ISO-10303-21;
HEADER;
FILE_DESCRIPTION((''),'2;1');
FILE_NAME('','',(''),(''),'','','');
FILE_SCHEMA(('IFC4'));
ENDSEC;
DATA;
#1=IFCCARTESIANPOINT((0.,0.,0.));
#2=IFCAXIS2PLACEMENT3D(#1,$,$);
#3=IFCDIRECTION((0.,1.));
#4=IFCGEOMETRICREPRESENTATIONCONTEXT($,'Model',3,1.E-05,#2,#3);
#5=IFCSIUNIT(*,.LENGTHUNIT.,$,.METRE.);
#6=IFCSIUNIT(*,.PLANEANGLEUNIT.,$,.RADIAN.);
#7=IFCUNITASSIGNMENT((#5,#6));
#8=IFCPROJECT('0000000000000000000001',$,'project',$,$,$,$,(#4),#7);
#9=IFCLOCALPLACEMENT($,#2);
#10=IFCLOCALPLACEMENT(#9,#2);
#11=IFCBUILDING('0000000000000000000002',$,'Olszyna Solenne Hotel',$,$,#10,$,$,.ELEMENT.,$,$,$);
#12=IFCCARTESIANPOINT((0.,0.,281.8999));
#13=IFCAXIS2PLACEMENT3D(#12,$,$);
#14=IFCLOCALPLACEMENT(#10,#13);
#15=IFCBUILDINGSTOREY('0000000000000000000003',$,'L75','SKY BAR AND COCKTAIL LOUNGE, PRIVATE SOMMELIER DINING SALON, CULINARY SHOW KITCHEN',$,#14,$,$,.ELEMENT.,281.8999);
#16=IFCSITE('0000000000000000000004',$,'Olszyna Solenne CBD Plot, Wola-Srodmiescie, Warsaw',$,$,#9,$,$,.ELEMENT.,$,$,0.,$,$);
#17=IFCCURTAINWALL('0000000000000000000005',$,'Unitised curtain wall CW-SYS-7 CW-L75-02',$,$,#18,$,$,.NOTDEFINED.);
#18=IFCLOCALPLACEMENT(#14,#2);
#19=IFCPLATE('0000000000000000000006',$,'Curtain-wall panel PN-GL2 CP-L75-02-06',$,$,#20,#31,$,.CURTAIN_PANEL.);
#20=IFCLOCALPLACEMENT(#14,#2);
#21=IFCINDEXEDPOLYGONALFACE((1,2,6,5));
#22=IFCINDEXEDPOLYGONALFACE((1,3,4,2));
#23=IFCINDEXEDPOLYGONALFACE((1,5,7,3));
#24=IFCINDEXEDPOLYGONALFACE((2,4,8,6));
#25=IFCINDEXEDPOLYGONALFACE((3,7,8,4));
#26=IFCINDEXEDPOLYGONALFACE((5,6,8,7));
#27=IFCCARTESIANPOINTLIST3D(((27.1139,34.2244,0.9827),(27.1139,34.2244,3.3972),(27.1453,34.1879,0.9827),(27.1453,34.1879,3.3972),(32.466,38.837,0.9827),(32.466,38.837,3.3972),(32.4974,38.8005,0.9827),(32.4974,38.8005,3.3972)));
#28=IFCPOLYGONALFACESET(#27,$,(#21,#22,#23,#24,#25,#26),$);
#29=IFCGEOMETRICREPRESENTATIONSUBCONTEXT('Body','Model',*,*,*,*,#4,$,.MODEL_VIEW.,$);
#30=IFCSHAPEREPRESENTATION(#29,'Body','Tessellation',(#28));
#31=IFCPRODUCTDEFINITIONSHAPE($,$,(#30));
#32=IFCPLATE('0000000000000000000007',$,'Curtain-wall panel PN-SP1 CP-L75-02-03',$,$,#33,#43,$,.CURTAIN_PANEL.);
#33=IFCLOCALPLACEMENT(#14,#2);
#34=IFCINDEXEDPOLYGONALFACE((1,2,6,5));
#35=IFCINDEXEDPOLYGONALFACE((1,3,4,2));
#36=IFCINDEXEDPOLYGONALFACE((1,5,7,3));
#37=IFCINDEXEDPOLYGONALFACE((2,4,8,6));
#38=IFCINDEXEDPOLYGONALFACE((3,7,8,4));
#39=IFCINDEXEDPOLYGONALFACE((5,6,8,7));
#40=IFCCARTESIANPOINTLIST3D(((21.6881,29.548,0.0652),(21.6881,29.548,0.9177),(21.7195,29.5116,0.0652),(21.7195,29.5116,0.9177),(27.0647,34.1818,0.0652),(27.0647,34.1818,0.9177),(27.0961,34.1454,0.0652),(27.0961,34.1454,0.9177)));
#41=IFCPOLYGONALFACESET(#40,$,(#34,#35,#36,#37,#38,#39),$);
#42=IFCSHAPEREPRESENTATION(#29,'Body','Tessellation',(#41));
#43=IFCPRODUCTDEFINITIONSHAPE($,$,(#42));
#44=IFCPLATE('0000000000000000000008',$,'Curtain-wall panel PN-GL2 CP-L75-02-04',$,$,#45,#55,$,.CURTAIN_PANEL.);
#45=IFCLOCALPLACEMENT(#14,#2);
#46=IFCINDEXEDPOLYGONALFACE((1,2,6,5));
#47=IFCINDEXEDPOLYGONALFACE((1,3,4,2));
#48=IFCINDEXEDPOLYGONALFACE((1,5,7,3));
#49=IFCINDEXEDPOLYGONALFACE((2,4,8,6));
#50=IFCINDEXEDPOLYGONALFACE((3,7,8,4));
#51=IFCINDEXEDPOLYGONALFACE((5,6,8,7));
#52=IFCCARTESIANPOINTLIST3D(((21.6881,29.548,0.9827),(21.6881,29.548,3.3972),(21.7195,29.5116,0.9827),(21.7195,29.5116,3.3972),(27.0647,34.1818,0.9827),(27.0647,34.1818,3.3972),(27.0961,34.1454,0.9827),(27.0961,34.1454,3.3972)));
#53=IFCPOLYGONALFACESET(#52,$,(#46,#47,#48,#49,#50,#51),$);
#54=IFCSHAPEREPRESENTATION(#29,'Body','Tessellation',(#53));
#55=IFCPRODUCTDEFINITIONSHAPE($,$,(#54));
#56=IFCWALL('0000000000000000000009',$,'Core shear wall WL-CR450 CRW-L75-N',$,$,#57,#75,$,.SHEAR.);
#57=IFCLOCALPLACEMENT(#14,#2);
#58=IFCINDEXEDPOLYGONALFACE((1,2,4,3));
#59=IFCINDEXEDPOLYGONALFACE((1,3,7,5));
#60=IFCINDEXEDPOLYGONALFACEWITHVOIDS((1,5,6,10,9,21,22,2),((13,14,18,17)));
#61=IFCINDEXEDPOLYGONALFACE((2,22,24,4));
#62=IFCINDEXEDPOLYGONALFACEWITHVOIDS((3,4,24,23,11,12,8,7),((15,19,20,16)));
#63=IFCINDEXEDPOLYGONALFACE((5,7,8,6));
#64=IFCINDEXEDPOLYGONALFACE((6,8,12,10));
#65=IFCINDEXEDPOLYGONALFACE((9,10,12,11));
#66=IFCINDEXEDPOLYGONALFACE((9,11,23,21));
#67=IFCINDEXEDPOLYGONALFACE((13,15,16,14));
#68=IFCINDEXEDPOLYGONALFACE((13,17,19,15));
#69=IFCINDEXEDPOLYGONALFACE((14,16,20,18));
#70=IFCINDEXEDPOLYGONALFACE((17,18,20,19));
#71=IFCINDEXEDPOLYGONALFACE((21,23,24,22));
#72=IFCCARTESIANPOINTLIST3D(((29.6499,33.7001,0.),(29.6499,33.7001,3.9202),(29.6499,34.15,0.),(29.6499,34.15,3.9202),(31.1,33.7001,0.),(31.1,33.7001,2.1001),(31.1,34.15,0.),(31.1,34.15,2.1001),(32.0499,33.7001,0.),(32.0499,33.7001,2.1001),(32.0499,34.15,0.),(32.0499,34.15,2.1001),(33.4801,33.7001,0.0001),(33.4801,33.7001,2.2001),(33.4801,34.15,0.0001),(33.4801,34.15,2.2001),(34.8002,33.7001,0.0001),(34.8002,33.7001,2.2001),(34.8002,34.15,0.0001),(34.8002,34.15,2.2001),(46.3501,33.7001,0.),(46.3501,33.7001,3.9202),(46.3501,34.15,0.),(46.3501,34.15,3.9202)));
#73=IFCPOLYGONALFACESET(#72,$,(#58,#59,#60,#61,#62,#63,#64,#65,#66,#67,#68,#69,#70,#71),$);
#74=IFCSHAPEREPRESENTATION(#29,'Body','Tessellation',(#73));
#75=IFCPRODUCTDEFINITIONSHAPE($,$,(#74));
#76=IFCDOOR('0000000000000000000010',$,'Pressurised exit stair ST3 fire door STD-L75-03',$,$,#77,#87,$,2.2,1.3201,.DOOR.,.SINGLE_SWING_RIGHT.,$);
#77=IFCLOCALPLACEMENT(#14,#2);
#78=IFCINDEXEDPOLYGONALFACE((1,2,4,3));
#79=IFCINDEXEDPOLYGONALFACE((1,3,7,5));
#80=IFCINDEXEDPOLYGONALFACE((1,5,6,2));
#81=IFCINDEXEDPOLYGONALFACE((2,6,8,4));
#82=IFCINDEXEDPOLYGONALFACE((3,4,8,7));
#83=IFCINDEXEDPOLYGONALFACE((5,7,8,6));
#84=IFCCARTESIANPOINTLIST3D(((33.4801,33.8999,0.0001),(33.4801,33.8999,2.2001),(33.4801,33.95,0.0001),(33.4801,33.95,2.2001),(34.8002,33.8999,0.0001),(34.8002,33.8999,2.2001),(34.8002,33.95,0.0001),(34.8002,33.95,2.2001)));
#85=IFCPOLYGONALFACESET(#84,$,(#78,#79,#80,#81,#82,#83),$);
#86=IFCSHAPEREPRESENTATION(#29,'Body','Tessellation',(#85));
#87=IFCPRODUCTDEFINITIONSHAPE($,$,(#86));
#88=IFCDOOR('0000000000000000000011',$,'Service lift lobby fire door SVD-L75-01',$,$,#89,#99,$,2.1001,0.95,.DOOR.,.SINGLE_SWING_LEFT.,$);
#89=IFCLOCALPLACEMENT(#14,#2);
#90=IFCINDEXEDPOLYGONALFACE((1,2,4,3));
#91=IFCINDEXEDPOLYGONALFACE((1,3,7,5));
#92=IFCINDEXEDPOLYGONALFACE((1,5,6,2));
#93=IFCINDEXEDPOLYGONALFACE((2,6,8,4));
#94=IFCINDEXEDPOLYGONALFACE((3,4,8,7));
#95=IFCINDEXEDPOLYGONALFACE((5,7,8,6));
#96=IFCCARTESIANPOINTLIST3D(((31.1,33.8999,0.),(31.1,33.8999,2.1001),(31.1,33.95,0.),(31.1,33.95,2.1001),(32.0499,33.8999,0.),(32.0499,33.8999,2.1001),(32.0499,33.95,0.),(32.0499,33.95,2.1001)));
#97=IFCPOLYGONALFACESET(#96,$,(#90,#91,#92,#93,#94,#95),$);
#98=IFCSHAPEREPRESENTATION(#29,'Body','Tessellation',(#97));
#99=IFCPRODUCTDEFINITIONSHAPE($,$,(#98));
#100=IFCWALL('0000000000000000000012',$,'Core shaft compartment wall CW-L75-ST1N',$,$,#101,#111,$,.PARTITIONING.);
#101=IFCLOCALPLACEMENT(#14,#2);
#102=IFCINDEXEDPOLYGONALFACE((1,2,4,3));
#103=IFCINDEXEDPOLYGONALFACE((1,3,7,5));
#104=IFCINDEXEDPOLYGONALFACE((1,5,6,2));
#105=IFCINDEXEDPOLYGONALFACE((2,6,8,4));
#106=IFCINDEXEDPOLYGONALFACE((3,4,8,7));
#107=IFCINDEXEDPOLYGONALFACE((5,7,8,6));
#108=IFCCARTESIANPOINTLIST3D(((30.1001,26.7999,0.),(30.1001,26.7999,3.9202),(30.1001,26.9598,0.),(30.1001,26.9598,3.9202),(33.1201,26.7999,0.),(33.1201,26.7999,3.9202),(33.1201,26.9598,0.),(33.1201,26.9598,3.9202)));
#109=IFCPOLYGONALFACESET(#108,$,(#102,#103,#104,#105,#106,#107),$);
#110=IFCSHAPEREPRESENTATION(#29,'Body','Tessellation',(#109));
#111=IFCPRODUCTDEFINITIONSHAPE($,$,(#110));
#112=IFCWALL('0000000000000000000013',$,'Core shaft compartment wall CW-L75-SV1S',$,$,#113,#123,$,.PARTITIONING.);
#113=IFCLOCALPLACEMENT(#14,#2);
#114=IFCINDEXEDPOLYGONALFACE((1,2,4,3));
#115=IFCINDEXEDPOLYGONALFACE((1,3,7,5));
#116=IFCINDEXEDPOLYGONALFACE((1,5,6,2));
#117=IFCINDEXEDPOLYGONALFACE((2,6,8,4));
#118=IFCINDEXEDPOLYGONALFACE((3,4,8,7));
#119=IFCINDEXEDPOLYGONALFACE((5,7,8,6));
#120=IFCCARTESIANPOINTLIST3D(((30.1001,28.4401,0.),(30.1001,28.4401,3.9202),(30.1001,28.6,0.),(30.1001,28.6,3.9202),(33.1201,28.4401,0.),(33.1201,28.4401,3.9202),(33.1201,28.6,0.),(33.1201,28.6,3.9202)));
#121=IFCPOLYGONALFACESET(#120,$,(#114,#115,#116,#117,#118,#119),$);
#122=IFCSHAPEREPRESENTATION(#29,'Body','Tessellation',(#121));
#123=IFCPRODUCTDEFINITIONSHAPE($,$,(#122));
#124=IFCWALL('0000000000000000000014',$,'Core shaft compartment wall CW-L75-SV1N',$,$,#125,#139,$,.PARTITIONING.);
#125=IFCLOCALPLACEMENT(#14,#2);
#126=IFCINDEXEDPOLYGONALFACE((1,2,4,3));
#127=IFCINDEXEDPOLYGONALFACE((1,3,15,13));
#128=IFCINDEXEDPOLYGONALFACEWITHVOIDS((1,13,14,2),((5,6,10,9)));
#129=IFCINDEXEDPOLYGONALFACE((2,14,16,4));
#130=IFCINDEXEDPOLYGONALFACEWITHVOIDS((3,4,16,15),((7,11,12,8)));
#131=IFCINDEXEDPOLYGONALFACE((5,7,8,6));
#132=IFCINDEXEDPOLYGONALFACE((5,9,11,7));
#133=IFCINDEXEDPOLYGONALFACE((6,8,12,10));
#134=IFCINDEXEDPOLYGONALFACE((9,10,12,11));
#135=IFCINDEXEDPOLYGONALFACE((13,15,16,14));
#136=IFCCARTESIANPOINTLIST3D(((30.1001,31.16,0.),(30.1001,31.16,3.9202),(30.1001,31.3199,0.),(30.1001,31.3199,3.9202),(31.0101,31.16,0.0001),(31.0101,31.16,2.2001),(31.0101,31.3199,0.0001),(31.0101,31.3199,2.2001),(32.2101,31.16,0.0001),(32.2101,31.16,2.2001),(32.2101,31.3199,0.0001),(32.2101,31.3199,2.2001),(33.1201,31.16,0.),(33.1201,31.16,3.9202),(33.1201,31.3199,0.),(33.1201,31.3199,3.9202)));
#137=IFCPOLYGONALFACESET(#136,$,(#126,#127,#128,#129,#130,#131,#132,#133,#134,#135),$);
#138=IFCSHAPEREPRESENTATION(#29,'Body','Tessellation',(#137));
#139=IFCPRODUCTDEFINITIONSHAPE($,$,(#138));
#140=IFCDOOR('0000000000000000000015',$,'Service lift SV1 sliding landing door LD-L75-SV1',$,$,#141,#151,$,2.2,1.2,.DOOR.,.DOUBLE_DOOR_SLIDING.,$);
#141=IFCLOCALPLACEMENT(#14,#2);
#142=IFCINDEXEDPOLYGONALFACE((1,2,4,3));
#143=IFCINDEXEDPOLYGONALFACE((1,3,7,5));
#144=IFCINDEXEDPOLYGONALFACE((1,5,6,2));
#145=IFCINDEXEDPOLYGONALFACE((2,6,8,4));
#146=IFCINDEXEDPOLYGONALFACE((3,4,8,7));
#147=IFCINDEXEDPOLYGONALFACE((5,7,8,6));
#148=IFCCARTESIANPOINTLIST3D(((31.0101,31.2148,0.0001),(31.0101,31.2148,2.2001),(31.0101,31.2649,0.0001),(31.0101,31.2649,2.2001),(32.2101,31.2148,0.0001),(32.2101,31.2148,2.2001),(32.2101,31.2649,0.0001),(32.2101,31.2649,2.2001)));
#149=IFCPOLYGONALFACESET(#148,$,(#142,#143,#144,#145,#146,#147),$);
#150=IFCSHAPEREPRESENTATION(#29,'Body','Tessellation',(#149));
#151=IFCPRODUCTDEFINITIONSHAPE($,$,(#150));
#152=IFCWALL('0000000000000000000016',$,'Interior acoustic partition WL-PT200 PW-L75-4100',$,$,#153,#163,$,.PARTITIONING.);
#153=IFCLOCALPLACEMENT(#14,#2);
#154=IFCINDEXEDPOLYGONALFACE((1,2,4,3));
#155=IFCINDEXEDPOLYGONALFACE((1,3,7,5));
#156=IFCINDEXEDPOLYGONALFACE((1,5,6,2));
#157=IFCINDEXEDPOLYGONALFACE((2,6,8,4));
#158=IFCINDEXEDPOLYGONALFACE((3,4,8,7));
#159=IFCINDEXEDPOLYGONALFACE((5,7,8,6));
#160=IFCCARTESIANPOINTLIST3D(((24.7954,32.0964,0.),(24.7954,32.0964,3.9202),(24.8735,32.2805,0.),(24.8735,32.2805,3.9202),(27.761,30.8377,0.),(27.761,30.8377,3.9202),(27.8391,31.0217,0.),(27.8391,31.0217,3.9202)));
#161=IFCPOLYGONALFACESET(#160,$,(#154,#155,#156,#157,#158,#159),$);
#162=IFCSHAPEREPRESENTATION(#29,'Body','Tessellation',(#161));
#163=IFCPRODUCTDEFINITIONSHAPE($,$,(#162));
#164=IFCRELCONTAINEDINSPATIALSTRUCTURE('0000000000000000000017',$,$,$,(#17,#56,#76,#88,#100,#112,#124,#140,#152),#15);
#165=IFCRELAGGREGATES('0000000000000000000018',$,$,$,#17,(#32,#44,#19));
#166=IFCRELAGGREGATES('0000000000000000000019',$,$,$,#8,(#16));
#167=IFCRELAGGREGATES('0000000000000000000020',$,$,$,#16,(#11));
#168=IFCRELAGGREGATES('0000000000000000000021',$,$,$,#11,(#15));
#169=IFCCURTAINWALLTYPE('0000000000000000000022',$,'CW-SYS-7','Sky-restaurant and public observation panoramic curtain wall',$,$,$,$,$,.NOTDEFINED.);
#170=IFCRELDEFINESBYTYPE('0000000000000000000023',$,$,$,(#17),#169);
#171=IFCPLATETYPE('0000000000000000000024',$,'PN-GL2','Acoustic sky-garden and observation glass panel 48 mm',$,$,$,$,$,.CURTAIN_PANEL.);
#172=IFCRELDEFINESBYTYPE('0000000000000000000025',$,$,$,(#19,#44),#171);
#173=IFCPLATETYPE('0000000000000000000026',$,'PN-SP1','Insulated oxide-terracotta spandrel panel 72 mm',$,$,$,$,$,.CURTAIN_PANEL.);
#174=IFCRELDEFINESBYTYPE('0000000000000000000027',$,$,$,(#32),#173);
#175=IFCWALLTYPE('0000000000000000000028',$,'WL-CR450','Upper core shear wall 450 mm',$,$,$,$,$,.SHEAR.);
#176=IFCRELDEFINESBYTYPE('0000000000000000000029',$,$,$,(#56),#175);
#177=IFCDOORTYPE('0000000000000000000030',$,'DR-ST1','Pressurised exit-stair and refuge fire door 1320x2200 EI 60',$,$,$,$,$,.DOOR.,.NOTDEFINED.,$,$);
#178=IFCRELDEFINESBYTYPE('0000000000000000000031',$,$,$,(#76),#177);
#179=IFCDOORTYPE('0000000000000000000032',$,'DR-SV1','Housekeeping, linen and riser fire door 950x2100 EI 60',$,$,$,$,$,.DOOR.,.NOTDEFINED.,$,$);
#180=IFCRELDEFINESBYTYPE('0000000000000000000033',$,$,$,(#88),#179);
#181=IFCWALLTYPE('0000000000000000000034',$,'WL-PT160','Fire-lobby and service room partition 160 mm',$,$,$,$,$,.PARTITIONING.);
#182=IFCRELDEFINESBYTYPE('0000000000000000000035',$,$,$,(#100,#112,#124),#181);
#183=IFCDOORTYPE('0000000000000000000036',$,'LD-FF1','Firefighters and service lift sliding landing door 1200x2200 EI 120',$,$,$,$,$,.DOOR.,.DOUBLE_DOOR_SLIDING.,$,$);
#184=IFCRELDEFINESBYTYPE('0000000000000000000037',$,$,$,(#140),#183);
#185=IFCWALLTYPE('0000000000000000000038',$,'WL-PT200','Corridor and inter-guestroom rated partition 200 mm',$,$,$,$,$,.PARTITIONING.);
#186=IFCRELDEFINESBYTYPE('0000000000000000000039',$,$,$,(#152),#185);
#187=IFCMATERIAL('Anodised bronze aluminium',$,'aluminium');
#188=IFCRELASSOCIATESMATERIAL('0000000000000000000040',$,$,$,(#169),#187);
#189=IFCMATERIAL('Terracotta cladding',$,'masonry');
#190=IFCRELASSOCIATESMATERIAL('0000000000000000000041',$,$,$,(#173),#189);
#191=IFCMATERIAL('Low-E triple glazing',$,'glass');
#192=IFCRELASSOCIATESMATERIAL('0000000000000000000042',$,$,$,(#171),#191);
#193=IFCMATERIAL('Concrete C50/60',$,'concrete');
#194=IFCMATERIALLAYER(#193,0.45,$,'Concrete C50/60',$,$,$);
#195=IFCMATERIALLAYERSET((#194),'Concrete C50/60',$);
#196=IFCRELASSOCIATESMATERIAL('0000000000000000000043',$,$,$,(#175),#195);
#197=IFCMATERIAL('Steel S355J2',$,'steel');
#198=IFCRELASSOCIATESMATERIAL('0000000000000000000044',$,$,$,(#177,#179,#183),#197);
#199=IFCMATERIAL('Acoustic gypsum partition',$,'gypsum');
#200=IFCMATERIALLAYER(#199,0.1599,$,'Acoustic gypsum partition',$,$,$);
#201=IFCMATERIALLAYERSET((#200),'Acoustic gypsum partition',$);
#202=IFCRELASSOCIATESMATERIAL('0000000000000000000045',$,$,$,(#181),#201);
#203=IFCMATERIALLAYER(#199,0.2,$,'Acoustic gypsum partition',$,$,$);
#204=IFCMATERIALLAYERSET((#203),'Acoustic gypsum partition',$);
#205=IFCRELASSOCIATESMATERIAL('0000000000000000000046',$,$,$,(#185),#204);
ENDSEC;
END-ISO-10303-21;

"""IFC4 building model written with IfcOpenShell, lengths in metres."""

from ifc_helpers import new_model, si_unit, direction, frame, frame_2d, origin, origin_2d, place, context, subcontext, project, spatial, rectangle, extrude, source, transform, mapped, material, layer, layer_set, type_object, type_shapes, element, fill, aggregate, save


model = new_model("IFC4")

# Units and contexts
model_context = context("Model", 3, precision=1e-05, world=origin(), true_north=direction((0.0, 1.0)))
body_context = subcontext(model_context, "Body", "Model", "MODEL_VIEW")
ifc_project = project(units=[si_unit("LENGTHUNIT", "METRE"), si_unit("PLANEANGLEUNIT", "RADIAN")], contexts=[model_context])

# Site, building, storey
site_placement = place(None, origin())
site = spatial("IfcSite", under=ifc_project, at=site_placement, Name="Olszyna Solenne CBD Plot, Wola-Srodmiescie, Warsaw", CompositionType="ELEMENT", RefElevation=0.0)
building_placement = place(site_placement, origin())
building = spatial("IfcBuilding", under=site, at=building_placement, Name="Olszyna Solenne Hotel", CompositionType="ELEMENT")
storey_placement = place(building_placement, frame((0.0, 0.0, 281.8999)))
storey = spatial("IfcBuildingStorey", under=building, at=storey_placement, Name="L75", Description="SKY BAR AND COCKTAIL LOUNGE, PRIVATE SOMMELIER DINING SALON, CULINARY SHOW KITCHEN", CompositionType="ELEMENT", Elevation=281.8999)

# Shared definitions
ifc_material_1 = material(Name="Steel S355J2", Category="steel")

# Curtain wall
ifc_material_2 = material(Name="Anodised bronze aluminium", Category="aluminium")
curtain_wall_type = type_object("IfcCurtainWallType", Name="CW-SYS-7", Description="Sky-restaurant and public observation panoramic curtain wall", PredefinedType="NOTDEFINED", material=ifc_material_2)
curtain_wall_placement = place(storey_placement, origin())
curtain_wall = element("IfcCurtainWall", 1, at=curtain_wall_placement, inside=storey, type_object=curtain_wall_type, Name="Unitised curtain wall CW-SYS-7 CW-L75-02", PredefinedType="NOTDEFINED")

# Shared definitions
ifc_material_3 = material(Name="Concrete C50/60", Category="concrete")

# Plates
ifc_material_4 = material(Name="Terracotta cladding", Category="masonry")
plate_type_1 = type_object("IfcPlateType", Name="PN-SP1", Description="Insulated oxide-terracotta spandrel panel 72 mm", PredefinedType="CURTAIN_PANEL", material=ifc_material_4)
ifc_material_5 = material(Name="Low-E triple glazing", Category="glass")
plate_type_2 = type_object("IfcPlateType", Name="PN-GL2", Description="Acoustic sky-garden and observation glass panel 48 mm", PredefinedType="CURTAIN_PANEL", material=ifc_material_5)
shared_shape_1 = source(origin(), body_context, "Body", "SweptSolid", [
    extrude(rectangle(XDim=7.0654, YDim=0.0481, at=origin_2d()), origin(), (0.0, 0.0, 1.0), 2.4146),
])
plate_1_placement = place(storey_placement, frame((29.8057, 36.5125, 0.9827), z_axis=(0.0, 0.0, 1.0), x_axis=(0.757496, 0.65284, 0.0)))
plate_1 = element("IfcPlate", 2, at=plate_1_placement, type_object=plate_type_2, Name="Curtain-wall panel PN-GL2 CP-L75-02-06", PredefinedType="CURTAIN_PANEL", context=body_context, shape_type="MappedRepresentation", body=[
    mapped(shared_shape_1, transform((0.0, 0.0, 0.0), x_axis=(1.0, 0.0, 0.0), y_axis=(0.0, 1.0, 0.0), z_axis=(0.0, 0.0, 1.0), scale=1.0)),
])
shared_shape_2 = source(origin(), body_context, "Body", "SweptSolid", [
    extrude(rectangle(XDim=7.0979, YDim=0.0481, at=origin_2d()), origin(), (0.0, 0.0, 1.0), 0.8525),
])
plate_2_placement = place(storey_placement, frame((24.3921, 31.8467, 0.0652), z_axis=(0.0, 0.0, 1.0), x_axis=(0.757496, 0.65284, 0.0)))
plate_2 = element("IfcPlate", 3, at=plate_2_placement, type_object=plate_type_1, Name="Curtain-wall panel PN-SP1 CP-L75-02-03", PredefinedType="CURTAIN_PANEL", context=body_context, shape_type="MappedRepresentation", body=[
    mapped(shared_shape_2, transform((0.0, 0.0, 0.0), x_axis=(1.0, 0.0, 0.0), y_axis=(0.0, 1.0, 0.0), z_axis=(0.0, 0.0, 1.0), scale=1.0)),
])
shared_shape_3 = source(origin(), body_context, "Body", "SweptSolid", [
    extrude(rectangle(XDim=7.0979, YDim=0.0481, at=origin_2d()), origin(), (0.0, 0.0, 1.0), 2.4146),
])
plate_3_placement = place(storey_placement, frame((24.3921, 31.8467, 0.9827), z_axis=(0.0, 0.0, 1.0), x_axis=(0.757496, 0.65284, 0.0)))
plate_3 = element("IfcPlate", 4, at=plate_3_placement, type_object=plate_type_2, Name="Curtain-wall panel PN-GL2 CP-L75-02-04", PredefinedType="CURTAIN_PANEL", context=body_context, shape_type="MappedRepresentation", body=[
    mapped(shared_shape_3, transform((0.0, 0.0, 0.0), x_axis=(1.0, 0.0, 0.0), y_axis=(0.0, 1.0, 0.0), z_axis=(0.0, 0.0, 1.0), scale=1.0)),
])
aggregate(curtain_wall, [plate_2, plate_3, plate_1])

# Wall, openings, doors
ifc_layer_1 = layer(ifc_material_3, 0.45, Name="Concrete C50/60")
ifc_layer_set_1 = layer_set([ifc_layer_1], Name="Concrete C50/60")
wall_type_1 = type_object("IfcWallType", Name="WL-CR450", Description="Upper core shear wall 450 mm", PredefinedType="SHEAR", material=ifc_layer_set_1)
wall_1_placement = place(storey_placement, frame((29.6499, 33.925, 0.0), z_axis=(0.0, 0.0, 1.0), x_axis=(1.0, 0.0, 0.0)))
wall_1 = element("IfcWall", 5, at=wall_1_placement, inside=storey, type_object=wall_type_1, Name="Core shear wall WL-CR450 CRW-L75-N", PredefinedType="SHEAR", context=body_context, shape_type="SweptSolid", body=[
    extrude(rectangle(XDim=16.7002, YDim=0.45, at=frame_2d((8.3501, 0.0))), origin(), (0.0, 0.0, 1.0), 3.9202),
])
opening_1_placement = place(wall_1_placement, frame((1.45, 0.0, 0.0)))
opening_1 = element("IfcOpeningElement", 6, at=opening_1_placement, cuts=wall_1, PredefinedType="OPENING", context=body_context, shape_type="SweptSolid", body=[
    extrude(rectangle(XDim=0.95, YDim=2.1001, at=frame_2d((0.4751, 1.05))), frame((0.0, 0.2349, 0.0), z_axis=(0.0, -1.0, 0.0), x_axis=(1.0, 0.0, 0.0)), (0.0, 0.0, 1.0), 0.47),
])
opening_2_placement = place(wall_1_placement, frame((3.8301, 0.0, 0.0)))
opening_2 = element("IfcOpeningElement", 7, at=opening_2_placement, cuts=wall_1, PredefinedType="OPENING", context=body_context, shape_type="SweptSolid", body=[
    extrude(rectangle(XDim=1.3201, YDim=2.2, at=frame_2d((0.6602, 1.1001))), frame((0.0, 0.2349, 0.0), z_axis=(0.0, -1.0, 0.0), x_axis=(1.0, 0.0, 0.0)), (0.0, 0.0, 1.0), 0.47),
])
door_type_1 = type_object("IfcDoorType", Name="DR-ST1", Description="Pressurised exit-stair and refuge fire door 1320x2200 EI 60", OperationType="NOTDEFINED", PredefinedType="DOOR", material=ifc_material_1)
shared_shape_4 = source(origin(), body_context, "Body", "SweptSolid", [
    extrude(rectangle(XDim=1.3201, YDim=2.2, at=frame_2d((0.6602, 1.1001))), frame((0.0, 0.0249, 0.0), z_axis=(0.0, -1.0, 0.0), x_axis=(1.0, 0.0, 0.0)), (0.0, 0.0, 1.0), 0.05),
])
type_shapes(door_type_1, [shared_shape_4])
door_1_placement = place(opening_2_placement, origin())
door_1 = element("IfcDoor", 8, at=door_1_placement, inside=storey, type_object=door_type_1, Name="Pressurised exit stair ST3 fire door STD-L75-03", OperationType="SINGLE_SWING_RIGHT", OverallHeight=2.2, OverallWidth=1.3201, PredefinedType="DOOR", context=body_context, shape_type="MappedRepresentation", body=[
    mapped(shared_shape_4, transform((0.0, 0.0, 0.0), x_axis=(1.0, 0.0, 0.0), y_axis=(0.0, 1.0, 0.0), z_axis=(0.0, 0.0, 1.0), scale=1.0)),
])
fill(opening_2, door_1)
door_type_2 = type_object("IfcDoorType", Name="DR-SV1", Description="Housekeeping, linen and riser fire door 950x2100 EI 60", OperationType="NOTDEFINED", PredefinedType="DOOR", material=ifc_material_1)
shared_shape_5 = source(origin(), body_context, "Body", "SweptSolid", [
    extrude(rectangle(XDim=0.95, YDim=2.1001, at=frame_2d((0.4751, 1.05))), frame((0.0, 0.0249, 0.0), z_axis=(0.0, -1.0, 0.0), x_axis=(1.0, 0.0, 0.0)), (0.0, 0.0, 1.0), 0.05),
])
type_shapes(door_type_2, [shared_shape_5])
door_2_placement = place(opening_1_placement, origin())
door_2 = element("IfcDoor", 9, at=door_2_placement, inside=storey, type_object=door_type_2, Name="Service lift lobby fire door SVD-L75-01", OperationType="SINGLE_SWING_LEFT", OverallHeight=2.1001, OverallWidth=0.95, PredefinedType="DOOR", context=body_context, shape_type="MappedRepresentation", body=[
    mapped(shared_shape_5, transform((0.0, 0.0, 0.0), x_axis=(1.0, 0.0, 0.0), y_axis=(0.0, 1.0, 0.0), z_axis=(0.0, 0.0, 1.0), scale=1.0)),
])
fill(opening_1, door_2)

# Walls
ifc_material_6 = material(Name="Acoustic gypsum partition", Category="gypsum")
ifc_layer_2 = layer(ifc_material_6, 0.1599, Name="Acoustic gypsum partition")
ifc_layer_set_2 = layer_set([ifc_layer_2], Name="Acoustic gypsum partition")
wall_type_2 = type_object("IfcWallType", Name="WL-PT160", Description="Fire-lobby and service room partition 160 mm", PredefinedType="PARTITIONING", material=ifc_layer_set_2)
for number, where, z_axis, x_axis, name in (
    (10, (30.1001, 26.8799, 0.0), (0.0, 0.0, 1.0), (1.0, 0.0, 0.0), "Core shaft compartment wall CW-L75-ST1N"),
    (11, (30.1001, 28.52, 0.0), (0.0, 0.0, 1.0), (1.0, 0.0, 0.0), "Core shaft compartment wall CW-L75-SV1S"),
):
    element("IfcWall", number, at=place(storey_placement, frame(where, z_axis=z_axis, x_axis=x_axis)), inside=storey, type_object=wall_type_2, Name=name, PredefinedType="PARTITIONING", context=body_context, shape_type="SweptSolid", body=[
        extrude(rectangle(XDim=3.02, YDim=0.1599, at=frame_2d((1.51, 0.0))), origin(), (0.0, 0.0, 1.0), 3.9202),
    ])

# Wall, opening, door
wall_2_placement = place(storey_placement, frame((30.1001, 31.24, 0.0), z_axis=(0.0, 0.0, 1.0), x_axis=(1.0, 0.0, 0.0)))
wall_2 = element("IfcWall", 12, at=wall_2_placement, inside=storey, type_object=wall_type_2, Name="Core shaft compartment wall CW-L75-SV1N", PredefinedType="PARTITIONING", context=body_context, shape_type="SweptSolid", body=[
    extrude(rectangle(XDim=3.02, YDim=0.1599, at=frame_2d((1.51, 0.0))), origin(), (0.0, 0.0, 1.0), 3.9202),
])
opening_3_placement = place(wall_2_placement, frame((0.9099, 0.0, 0.0)))
opening_3 = element("IfcOpeningElement", 13, at=opening_3_placement, cuts=wall_2, PredefinedType="OPENING", context=body_context, shape_type="SweptSolid", body=[
    extrude(rectangle(XDim=1.2, YDim=2.2, at=frame_2d((0.6001, 1.1001))), frame((0.0, 0.0898, 0.0), z_axis=(0.0, -1.0, 0.0), x_axis=(1.0, 0.0, 0.0)), (0.0, 0.0, 1.0), 0.1799),
])
door_type_3 = type_object("IfcDoorType", Name="LD-FF1", Description="Firefighters and service lift sliding landing door 1200x2200 EI 120", OperationType="DOUBLE_DOOR_SLIDING", PredefinedType="DOOR", material=ifc_material_1)
shared_shape_6 = source(origin(), body_context, "Body", "SweptSolid", [
    extrude(rectangle(XDim=1.2, YDim=2.2, at=frame_2d((0.6001, 1.1001))), frame((0.0, 0.0249, 0.0), z_axis=(0.0, -1.0, 0.0), x_axis=(1.0, 0.0, 0.0)), (0.0, 0.0, 1.0), 0.05),
])
type_shapes(door_type_3, [shared_shape_6])
door_3_placement = place(opening_3_placement, origin())
door_3 = element("IfcDoor", 14, at=door_3_placement, inside=storey, type_object=door_type_3, Name="Service lift SV1 sliding landing door LD-L75-SV1", OperationType="DOUBLE_DOOR_SLIDING", OverallHeight=2.2, OverallWidth=1.2, PredefinedType="DOOR", context=body_context, shape_type="MappedRepresentation", body=[
    mapped(shared_shape_6, transform((0.0, 0.0, 0.0), x_axis=(1.0, 0.0, 0.0), y_axis=(0.0, 1.0, 0.0), z_axis=(0.0, 0.0, 1.0), scale=1.0)),
])
fill(opening_3, door_3)

# Wall
ifc_layer_3 = layer(ifc_material_6, 0.2, Name="Acoustic gypsum partition")
ifc_layer_set_3 = layer_set([ifc_layer_3], Name="Acoustic gypsum partition")
wall_type_3 = type_object("IfcWallType", Name="WL-PT200", Description="Corridor and inter-guestroom rated partition 200 mm", PredefinedType="PARTITIONING", material=ifc_layer_set_3)
wall_3_placement = place(storey_placement, frame((27.8, 30.9297, 0.0), z_axis=(0.0, 0.0, 1.0), x_axis=(-0.920507, 0.390725, 0.0)))
element("IfcWall", 15, at=wall_3_placement, inside=storey, type_object=wall_type_3, Name="Interior acoustic partition WL-PT200 PW-L75-4100", PredefinedType="PARTITIONING", context=body_context, shape_type="SweptSolid", body=[
    extrude(rectangle(XDim=3.2217, YDim=0.2, at=frame_2d((1.6108, 0.0))), origin(), (0.0, 0.0, 1.0), 3.9202),
])

save(model, "model.ifc")
